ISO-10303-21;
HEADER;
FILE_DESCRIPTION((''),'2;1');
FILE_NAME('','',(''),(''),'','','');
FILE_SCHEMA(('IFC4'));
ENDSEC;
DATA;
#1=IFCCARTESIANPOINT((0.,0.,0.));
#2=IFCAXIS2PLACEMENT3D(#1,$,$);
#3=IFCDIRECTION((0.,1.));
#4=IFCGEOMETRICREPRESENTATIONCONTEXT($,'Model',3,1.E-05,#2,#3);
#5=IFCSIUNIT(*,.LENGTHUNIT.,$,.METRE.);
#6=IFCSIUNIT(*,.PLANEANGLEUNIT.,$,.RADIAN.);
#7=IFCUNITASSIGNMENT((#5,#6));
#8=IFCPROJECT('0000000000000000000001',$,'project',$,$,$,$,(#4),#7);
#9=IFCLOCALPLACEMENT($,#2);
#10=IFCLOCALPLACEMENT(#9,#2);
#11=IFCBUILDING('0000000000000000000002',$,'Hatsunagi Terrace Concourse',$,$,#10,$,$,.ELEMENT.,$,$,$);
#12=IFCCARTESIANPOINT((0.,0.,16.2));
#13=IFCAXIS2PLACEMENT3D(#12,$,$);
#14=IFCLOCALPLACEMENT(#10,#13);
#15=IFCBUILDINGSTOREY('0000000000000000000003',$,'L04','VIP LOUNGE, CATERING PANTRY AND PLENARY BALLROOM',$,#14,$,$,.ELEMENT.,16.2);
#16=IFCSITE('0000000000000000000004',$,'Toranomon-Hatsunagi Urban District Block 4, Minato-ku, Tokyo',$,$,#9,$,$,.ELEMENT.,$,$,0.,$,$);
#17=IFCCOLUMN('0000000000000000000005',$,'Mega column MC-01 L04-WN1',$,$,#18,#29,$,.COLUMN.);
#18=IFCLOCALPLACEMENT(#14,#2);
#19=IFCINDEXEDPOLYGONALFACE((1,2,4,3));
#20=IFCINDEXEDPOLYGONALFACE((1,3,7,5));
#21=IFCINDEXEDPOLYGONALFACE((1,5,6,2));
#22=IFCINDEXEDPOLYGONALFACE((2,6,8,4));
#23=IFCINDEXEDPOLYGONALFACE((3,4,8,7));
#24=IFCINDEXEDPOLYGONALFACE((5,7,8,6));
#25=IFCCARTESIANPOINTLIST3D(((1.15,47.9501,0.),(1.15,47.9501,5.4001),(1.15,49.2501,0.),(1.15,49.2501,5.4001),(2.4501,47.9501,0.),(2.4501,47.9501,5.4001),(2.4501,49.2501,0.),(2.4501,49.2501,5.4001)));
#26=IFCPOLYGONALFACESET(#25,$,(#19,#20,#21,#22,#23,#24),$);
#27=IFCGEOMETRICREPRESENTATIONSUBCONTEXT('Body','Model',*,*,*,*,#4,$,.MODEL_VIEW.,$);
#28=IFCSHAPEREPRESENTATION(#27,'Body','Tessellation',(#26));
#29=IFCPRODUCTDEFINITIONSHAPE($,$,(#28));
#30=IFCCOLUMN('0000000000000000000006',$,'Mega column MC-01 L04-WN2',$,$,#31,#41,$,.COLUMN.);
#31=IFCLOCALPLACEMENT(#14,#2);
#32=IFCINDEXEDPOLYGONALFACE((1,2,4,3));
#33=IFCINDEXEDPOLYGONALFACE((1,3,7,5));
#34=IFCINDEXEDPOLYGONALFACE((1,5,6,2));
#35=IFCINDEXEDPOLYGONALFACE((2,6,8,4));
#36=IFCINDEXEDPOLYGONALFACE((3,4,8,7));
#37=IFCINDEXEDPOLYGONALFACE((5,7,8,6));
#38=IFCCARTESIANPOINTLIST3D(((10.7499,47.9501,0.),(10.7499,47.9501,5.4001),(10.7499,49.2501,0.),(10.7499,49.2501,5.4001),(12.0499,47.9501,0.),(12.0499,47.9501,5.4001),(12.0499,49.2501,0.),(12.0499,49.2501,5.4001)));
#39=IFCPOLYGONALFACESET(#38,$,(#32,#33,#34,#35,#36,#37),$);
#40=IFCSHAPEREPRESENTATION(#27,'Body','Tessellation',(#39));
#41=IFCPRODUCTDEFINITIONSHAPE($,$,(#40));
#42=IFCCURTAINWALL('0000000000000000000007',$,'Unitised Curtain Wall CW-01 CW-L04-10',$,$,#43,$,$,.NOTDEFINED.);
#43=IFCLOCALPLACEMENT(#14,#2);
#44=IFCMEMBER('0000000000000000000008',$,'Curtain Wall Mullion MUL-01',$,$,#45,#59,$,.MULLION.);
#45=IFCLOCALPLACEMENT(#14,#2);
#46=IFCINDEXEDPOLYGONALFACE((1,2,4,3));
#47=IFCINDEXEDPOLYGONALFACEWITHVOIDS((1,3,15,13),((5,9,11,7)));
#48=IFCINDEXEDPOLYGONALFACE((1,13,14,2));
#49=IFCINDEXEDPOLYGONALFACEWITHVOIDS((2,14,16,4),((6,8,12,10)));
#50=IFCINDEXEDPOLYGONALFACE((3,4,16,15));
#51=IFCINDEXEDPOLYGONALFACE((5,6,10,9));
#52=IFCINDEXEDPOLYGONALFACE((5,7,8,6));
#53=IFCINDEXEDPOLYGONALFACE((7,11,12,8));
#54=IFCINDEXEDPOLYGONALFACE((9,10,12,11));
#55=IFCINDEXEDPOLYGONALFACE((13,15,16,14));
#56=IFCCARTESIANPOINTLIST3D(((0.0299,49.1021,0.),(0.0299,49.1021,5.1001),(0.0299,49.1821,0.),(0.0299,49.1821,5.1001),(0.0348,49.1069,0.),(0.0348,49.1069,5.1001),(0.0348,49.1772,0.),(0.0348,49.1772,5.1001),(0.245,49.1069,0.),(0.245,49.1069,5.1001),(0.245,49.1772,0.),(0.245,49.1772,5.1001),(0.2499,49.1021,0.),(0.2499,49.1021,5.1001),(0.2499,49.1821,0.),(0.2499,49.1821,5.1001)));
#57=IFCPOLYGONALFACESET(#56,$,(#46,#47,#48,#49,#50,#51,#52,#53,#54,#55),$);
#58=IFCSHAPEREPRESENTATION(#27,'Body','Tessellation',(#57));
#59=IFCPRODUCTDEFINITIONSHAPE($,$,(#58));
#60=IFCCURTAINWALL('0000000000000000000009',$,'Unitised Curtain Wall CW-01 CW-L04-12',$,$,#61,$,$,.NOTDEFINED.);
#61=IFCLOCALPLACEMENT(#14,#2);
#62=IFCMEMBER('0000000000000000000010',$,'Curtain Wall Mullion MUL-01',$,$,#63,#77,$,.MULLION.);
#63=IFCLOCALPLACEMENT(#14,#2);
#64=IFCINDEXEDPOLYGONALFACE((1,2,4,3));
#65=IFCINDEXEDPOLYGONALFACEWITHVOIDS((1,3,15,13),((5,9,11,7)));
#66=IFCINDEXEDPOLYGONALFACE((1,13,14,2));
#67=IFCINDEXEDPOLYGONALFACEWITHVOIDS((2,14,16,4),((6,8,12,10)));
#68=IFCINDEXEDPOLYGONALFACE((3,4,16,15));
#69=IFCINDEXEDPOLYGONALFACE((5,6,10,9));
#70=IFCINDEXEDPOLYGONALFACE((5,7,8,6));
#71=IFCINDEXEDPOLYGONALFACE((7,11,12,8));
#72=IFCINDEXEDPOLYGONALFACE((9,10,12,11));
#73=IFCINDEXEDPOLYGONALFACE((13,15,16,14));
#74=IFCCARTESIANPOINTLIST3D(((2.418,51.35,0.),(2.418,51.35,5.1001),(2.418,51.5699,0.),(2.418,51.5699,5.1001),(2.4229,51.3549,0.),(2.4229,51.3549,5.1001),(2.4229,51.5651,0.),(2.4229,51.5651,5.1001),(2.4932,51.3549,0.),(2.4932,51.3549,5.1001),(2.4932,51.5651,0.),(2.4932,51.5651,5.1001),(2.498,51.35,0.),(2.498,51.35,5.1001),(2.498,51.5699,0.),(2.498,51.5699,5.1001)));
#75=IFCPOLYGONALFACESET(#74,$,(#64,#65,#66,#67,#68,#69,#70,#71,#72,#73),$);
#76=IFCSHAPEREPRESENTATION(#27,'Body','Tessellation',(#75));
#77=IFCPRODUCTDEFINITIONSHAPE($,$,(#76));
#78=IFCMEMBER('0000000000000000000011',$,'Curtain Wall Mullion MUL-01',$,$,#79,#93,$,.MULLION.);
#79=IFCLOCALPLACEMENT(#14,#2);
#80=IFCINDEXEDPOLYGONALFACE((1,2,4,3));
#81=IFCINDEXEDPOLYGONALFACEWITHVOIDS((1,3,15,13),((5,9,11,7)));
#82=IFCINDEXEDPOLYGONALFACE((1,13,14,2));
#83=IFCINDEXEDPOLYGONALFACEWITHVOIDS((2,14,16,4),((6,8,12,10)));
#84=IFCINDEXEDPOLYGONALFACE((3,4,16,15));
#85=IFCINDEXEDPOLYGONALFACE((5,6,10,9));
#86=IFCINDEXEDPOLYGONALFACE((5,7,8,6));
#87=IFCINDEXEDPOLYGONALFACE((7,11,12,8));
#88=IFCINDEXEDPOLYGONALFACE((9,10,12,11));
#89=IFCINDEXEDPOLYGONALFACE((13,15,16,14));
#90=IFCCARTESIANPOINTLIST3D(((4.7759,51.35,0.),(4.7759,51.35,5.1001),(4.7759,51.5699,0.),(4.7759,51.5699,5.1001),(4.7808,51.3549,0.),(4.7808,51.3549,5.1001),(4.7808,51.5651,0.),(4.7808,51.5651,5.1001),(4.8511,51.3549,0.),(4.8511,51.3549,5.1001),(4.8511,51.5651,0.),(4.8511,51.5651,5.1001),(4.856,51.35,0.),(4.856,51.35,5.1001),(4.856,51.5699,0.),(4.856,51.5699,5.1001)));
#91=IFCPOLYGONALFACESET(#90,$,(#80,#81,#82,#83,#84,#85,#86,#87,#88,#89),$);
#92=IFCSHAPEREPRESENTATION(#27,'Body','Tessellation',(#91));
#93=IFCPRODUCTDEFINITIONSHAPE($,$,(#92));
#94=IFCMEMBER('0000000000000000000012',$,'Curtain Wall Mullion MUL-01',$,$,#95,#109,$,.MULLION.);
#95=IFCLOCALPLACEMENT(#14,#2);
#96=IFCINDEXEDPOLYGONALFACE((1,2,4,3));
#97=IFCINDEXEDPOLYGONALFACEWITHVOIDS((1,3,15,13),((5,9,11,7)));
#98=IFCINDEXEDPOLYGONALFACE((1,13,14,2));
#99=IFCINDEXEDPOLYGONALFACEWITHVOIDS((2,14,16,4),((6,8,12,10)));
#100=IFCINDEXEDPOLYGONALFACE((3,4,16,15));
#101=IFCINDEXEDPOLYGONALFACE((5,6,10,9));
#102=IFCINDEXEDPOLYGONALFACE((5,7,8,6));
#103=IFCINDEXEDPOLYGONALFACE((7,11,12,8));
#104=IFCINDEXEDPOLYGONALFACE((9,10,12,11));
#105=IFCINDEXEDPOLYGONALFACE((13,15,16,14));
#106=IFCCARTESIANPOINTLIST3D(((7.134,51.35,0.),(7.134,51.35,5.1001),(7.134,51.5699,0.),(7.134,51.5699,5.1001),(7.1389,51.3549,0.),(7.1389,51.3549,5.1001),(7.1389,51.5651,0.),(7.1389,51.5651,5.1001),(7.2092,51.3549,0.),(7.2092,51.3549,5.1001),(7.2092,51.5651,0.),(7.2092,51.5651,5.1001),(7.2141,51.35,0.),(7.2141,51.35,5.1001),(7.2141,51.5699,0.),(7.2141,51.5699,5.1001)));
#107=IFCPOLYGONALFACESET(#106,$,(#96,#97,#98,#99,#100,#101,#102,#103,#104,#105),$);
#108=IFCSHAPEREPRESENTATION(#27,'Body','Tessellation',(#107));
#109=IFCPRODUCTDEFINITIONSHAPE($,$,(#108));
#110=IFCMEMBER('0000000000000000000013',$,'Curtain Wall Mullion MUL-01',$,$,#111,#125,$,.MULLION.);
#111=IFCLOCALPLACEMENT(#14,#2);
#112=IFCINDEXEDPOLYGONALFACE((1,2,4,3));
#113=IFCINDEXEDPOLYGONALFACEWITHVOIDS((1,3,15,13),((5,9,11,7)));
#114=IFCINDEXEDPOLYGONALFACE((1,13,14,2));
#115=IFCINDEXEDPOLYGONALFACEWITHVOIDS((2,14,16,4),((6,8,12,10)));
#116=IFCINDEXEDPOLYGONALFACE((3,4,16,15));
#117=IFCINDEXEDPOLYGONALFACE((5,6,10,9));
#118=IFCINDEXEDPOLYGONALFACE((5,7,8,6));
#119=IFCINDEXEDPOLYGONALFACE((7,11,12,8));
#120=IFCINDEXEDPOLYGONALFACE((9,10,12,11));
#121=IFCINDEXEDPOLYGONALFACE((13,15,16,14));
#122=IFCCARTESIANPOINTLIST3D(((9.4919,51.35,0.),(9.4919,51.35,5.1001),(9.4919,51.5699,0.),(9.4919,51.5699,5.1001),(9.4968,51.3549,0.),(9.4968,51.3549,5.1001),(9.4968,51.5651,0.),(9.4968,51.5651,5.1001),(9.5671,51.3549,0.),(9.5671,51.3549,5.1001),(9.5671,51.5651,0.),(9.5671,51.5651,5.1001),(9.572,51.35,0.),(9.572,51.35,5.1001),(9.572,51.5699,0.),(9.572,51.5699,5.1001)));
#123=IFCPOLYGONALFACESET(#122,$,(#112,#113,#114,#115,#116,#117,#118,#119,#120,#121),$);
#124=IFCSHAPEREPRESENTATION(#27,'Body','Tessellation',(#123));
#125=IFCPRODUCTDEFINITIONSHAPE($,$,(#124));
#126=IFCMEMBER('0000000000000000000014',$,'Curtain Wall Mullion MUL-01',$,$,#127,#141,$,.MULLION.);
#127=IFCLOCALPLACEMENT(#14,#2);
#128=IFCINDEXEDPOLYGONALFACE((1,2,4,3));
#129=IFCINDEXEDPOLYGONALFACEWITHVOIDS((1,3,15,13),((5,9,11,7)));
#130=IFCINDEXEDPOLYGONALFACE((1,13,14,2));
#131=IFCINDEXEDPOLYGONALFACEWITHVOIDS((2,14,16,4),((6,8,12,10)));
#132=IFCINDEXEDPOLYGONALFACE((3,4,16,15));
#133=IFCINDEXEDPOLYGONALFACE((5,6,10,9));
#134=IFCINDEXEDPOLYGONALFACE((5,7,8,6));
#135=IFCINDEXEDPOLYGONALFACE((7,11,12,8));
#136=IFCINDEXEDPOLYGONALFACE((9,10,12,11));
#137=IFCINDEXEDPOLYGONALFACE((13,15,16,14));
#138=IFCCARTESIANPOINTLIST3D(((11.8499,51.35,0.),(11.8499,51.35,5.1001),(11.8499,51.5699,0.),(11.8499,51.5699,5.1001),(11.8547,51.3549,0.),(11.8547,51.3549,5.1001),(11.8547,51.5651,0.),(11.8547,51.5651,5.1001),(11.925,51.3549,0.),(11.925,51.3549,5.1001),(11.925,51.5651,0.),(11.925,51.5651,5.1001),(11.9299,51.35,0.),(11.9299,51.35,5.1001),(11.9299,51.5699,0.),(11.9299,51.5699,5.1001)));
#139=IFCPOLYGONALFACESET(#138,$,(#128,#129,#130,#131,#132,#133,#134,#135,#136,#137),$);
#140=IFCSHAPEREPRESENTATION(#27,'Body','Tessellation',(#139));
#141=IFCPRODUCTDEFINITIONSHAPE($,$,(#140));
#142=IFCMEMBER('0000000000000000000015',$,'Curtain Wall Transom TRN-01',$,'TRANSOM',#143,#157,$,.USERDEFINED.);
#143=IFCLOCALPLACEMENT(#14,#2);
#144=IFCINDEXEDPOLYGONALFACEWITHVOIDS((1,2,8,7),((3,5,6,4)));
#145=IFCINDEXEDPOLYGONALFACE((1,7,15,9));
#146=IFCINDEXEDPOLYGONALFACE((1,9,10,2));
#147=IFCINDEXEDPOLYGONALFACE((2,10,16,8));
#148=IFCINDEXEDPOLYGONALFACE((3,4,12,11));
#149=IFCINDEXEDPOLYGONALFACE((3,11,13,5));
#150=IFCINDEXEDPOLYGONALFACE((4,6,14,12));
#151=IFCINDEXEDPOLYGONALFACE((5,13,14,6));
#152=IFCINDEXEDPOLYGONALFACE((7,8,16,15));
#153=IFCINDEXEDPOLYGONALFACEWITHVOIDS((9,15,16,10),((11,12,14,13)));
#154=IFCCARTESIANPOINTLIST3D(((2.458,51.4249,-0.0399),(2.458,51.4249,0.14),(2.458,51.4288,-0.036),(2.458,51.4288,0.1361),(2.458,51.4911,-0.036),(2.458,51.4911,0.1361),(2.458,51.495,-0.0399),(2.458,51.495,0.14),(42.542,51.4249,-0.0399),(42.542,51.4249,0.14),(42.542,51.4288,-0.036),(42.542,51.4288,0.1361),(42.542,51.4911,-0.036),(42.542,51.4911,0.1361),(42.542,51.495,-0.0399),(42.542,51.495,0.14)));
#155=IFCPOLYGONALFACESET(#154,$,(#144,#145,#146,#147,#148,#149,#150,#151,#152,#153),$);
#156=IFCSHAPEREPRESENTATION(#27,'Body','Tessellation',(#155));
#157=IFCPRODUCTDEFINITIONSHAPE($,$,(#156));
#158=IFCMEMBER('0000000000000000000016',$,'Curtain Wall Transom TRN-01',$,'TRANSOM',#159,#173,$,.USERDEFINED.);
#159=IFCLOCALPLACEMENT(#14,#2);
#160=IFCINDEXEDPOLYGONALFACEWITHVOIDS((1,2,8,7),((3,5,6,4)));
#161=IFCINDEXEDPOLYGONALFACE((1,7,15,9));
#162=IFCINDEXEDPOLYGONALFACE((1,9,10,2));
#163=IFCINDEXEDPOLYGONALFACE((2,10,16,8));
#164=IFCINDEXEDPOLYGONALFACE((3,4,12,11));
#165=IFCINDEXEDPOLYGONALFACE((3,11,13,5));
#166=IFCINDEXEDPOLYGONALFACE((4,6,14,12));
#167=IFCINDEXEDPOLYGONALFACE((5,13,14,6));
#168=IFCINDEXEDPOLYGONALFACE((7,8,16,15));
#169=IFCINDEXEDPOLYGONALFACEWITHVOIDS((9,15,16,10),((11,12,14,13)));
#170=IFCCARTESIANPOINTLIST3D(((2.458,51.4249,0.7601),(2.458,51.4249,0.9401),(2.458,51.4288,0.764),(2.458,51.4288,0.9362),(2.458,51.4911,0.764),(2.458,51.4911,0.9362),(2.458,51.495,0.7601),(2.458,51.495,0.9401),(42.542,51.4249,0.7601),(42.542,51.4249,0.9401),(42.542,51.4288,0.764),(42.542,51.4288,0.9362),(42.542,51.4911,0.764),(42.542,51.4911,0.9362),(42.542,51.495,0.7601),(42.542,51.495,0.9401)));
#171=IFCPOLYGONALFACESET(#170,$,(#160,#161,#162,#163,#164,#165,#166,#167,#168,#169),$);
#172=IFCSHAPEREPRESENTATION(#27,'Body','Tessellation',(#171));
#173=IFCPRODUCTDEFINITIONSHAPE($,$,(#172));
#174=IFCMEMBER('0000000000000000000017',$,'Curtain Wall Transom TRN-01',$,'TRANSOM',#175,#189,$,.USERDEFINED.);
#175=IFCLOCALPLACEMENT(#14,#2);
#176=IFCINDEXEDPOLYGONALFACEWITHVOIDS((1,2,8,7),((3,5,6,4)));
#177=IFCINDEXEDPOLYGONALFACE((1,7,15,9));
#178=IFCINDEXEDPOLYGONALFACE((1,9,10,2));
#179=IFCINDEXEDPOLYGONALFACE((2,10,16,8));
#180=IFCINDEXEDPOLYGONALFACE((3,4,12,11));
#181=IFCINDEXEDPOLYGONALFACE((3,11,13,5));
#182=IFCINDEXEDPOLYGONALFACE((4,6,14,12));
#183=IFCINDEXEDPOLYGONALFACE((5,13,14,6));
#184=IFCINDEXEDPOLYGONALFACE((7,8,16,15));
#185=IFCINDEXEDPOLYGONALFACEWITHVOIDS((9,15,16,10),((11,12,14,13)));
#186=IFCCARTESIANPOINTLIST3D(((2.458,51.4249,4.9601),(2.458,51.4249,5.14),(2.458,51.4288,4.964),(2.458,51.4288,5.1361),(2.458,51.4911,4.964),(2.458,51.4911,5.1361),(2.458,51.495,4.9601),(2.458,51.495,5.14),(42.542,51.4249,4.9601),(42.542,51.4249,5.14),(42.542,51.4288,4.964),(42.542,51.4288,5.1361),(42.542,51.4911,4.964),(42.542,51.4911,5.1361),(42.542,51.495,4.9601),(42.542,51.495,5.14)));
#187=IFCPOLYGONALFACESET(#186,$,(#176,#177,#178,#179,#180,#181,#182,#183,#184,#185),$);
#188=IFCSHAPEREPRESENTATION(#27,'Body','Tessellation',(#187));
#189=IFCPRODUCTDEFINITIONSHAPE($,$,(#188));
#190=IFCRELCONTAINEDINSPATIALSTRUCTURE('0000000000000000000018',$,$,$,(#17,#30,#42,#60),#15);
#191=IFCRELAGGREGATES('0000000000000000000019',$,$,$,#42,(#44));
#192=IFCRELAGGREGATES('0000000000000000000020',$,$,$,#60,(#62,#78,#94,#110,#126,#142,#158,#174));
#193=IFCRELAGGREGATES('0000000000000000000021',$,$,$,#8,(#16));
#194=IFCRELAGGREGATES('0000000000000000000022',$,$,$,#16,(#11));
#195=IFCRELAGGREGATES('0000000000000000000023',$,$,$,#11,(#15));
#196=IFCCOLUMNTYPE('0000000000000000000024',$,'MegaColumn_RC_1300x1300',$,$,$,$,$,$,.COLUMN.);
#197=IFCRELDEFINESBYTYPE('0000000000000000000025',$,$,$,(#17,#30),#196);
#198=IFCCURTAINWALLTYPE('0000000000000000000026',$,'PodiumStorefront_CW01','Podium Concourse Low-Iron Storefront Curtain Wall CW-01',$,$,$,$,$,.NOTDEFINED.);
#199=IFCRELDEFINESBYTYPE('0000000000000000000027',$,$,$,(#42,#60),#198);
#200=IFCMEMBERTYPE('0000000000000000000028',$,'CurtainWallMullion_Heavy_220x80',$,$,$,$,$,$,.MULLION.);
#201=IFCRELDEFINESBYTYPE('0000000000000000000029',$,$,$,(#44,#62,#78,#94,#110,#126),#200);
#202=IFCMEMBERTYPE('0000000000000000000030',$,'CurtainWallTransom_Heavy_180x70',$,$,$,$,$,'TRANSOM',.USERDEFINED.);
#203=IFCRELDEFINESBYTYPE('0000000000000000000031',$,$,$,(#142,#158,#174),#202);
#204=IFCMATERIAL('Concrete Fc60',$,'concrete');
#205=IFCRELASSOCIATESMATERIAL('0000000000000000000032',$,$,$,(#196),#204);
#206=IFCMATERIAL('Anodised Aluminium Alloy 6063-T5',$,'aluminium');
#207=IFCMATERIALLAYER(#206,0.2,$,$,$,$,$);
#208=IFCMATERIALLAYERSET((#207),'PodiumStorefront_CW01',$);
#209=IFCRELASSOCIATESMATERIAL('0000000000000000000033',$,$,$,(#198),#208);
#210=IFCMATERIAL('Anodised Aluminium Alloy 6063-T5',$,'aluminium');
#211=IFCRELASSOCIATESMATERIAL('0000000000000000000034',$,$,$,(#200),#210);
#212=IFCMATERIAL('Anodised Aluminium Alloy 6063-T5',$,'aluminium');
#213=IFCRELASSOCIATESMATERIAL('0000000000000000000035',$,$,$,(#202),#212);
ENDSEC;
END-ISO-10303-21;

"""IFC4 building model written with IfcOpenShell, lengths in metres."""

from ifc_helpers import new_model, si_unit, direction, frame, origin, origin_2d, place, context, subcontext, project, spatial, rectangle, hollow_rectangle, extrude, material, layer, layer_set, material_profile, profile_set, type_object, element, aggregate, save


model = new_model("IFC4")

# Units and contexts
model_context = context("Model", 3, precision=1e-05, world=origin(), true_north=direction((0.0, 1.0)))
body_context = subcontext(model_context, "Body", "Model", "MODEL_VIEW")
ifc_project = project(units=[si_unit("LENGTHUNIT", "METRE"), si_unit("PLANEANGLEUNIT", "RADIAN")], contexts=[model_context])

# Site, building, storey
site_placement = place(None, origin())
site = spatial("IfcSite", under=ifc_project, at=site_placement, Name="Toranomon-Hatsunagi Urban District Block 4, Minato-ku, Tokyo", CompositionType="ELEMENT", RefElevation=0.0)
building_placement = place(site_placement, origin())
building = spatial("IfcBuilding", under=site, at=building_placement, Name="Hatsunagi Terrace Concourse", CompositionType="ELEMENT")
storey_placement = place(building_placement, frame((0.0, 0.0, 16.2)))
storey = spatial("IfcBuildingStorey", under=building, at=storey_placement, Name="L04", Description="VIP LOUNGE, CATERING PANTRY AND PLENARY BALLROOM", CompositionType="ELEMENT", Elevation=16.2)

# Columns
ifc_material_1 = material(Name="Concrete Fc60", Category="concrete")
ifc_material_profile_1 = material_profile(ifc_material_1, rectangle(XDim=1.3, YDim=1.3, at=origin_2d()), Name="RC-1300x1300")
ifc_profile_set_1 = profile_set([ifc_material_profile_1], Name="Concrete Fc60")
column_type = type_object("IfcColumnType", Name="MegaColumn_RC_1300x1300", PredefinedType="COLUMN", material=ifc_profile_set_1)
for number, where, z_axis, x_axis, name in (
    (1, (1.8, 48.6001, 0.0), (0.0, 0.0, 1.0), (1.0, 0.0, 0.0), "Mega column MC-01 L04-WN1"),
    (2, (11.3999, 48.6001, 0.0), (0.0, 0.0, 1.0), (1.0, 0.0, 0.0), "Mega column MC-01 L04-WN2"),
):
    element("IfcColumn", number, at=place(storey_placement, frame(where, z_axis=z_axis, x_axis=x_axis)), inside=storey, type_object=column_type, Name=name, PredefinedType="COLUMN", context=body_context, shape_type="SweptSolid", body=[
        extrude(rectangle(XDim=1.3, YDim=1.3, at=origin_2d()), origin(), (0.0, 0.0, 1.0), 5.4001),
    ])

# Curtain wall, member
ifc_material_2 = material(Name="Anodised Aluminium Alloy 6063-T5", Category="aluminium")
ifc_layer_1 = layer(ifc_material_2, 0.2)
ifc_layer_set_1 = layer_set([ifc_layer_1], Name="PodiumStorefront_CW01")
curtain_wall_type = type_object("IfcCurtainWallType", Name="PodiumStorefront_CW01", Description="Podium Concourse Low-Iron Storefront Curtain Wall CW-01", PredefinedType="NOTDEFINED", material=ifc_layer_set_1)
curtain_wall_1_placement = place(storey_placement, origin())
curtain_wall_1 = element("IfcCurtainWall", 3, at=curtain_wall_1_placement, inside=storey, type_object=curtain_wall_type, Name="Unitised Curtain Wall CW-01 CW-L04-10", PredefinedType="NOTDEFINED")
ifc_material_3 = material(Name="Anodised Aluminium Alloy 6063-T5", Category="aluminium")
ifc_material_profile_2 = material_profile(ifc_material_3, hollow_rectangle(XDim=0.0801, YDim=0.22, WallThickness=0.0049, at=origin_2d()), Name="ALU-MUL-220x80x5")
ifc_profile_set_2 = profile_set([ifc_material_profile_2], Name="Anodised Aluminium Alloy 6063-T5")
member_type_1 = type_object("IfcMemberType", Name="CurtainWallMullion_Heavy_220x80", PredefinedType="MULLION", material=ifc_profile_set_2)
member_1_placement = place(storey_placement, frame((0.1399, 49.1421, 0.0), z_axis=(0.0, 0.0, 1.0), x_axis=(0.0, 1.0, 0.0)))
member_1 = element("IfcMember", 4, at=member_1_placement, type_object=member_type_1, Name="Curtain Wall Mullion MUL-01", PredefinedType="MULLION", context=body_context, shape_type="SweptSolid", body=[
    extrude(hollow_rectangle(XDim=0.0801, YDim=0.22, WallThickness=0.0049, at=origin_2d()), origin(), (0.0, 0.0, 1.0), 5.1001),
])

# Curtain wall, members
curtain_wall_2_placement = place(storey_placement, origin())
curtain_wall_2 = element("IfcCurtainWall", 5, at=curtain_wall_2_placement, inside=storey, type_object=curtain_wall_type, Name="Unitised Curtain Wall CW-01 CW-L04-12", PredefinedType="NOTDEFINED")
member_2_placement = place(storey_placement, frame((2.458, 51.46, 0.0), z_axis=(0.0, 0.0, 1.0), x_axis=(1.0, 0.0, 0.0)))
member_2 = element("IfcMember", 6, at=member_2_placement, type_object=member_type_1, Name="Curtain Wall Mullion MUL-01", PredefinedType="MULLION", context=body_context, shape_type="SweptSolid", body=[
    extrude(hollow_rectangle(XDim=0.0801, YDim=0.22, WallThickness=0.0049, at=origin_2d()), origin(), (0.0, 0.0, 1.0), 5.1001),
])
member_3_placement = place(storey_placement, frame((4.8159, 51.46, 0.0), z_axis=(0.0, 0.0, 1.0), x_axis=(1.0, 0.0, 0.0)))
member_3 = element("IfcMember", 7, at=member_3_placement, type_object=member_type_1, Name="Curtain Wall Mullion MUL-01", PredefinedType="MULLION", context=body_context, shape_type="SweptSolid", body=[
    extrude(hollow_rectangle(XDim=0.0801, YDim=0.22, WallThickness=0.0049, at=origin_2d()), origin(), (0.0, 0.0, 1.0), 5.1001),
])
member_4_placement = place(storey_placement, frame((7.1741, 51.46, 0.0), z_axis=(0.0, 0.0, 1.0), x_axis=(1.0, 0.0, 0.0)))
member_4 = element("IfcMember", 8, at=member_4_placement, type_object=member_type_1, Name="Curtain Wall Mullion MUL-01", PredefinedType="MULLION", context=body_context, shape_type="SweptSolid", body=[
    extrude(hollow_rectangle(XDim=0.0801, YDim=0.22, WallThickness=0.0049, at=origin_2d()), origin(), (0.0, 0.0, 1.0), 5.1001),
])
member_5_placement = place(storey_placement, frame((9.532, 51.46, 0.0), z_axis=(0.0, 0.0, 1.0), x_axis=(1.0, 0.0, 0.0)))
member_5 = element("IfcMember", 9, at=member_5_placement, type_object=member_type_1, Name="Curtain Wall Mullion MUL-01", PredefinedType="MULLION", context=body_context, shape_type="SweptSolid", body=[
    extrude(hollow_rectangle(XDim=0.0801, YDim=0.22, WallThickness=0.0049, at=origin_2d()), origin(), (0.0, 0.0, 1.0), 5.1001),
])
member_6_placement = place(storey_placement, frame((11.8899, 51.46, 0.0), z_axis=(0.0, 0.0, 1.0), x_axis=(1.0, 0.0, 0.0)))
member_6 = element("IfcMember", 10, at=member_6_placement, type_object=member_type_1, Name="Curtain Wall Mullion MUL-01", PredefinedType="MULLION", context=body_context, shape_type="SweptSolid", body=[
    extrude(hollow_rectangle(XDim=0.0801, YDim=0.22, WallThickness=0.0049, at=origin_2d()), origin(), (0.0, 0.0, 1.0), 5.1001),
])
ifc_material_4 = material(Name="Anodised Aluminium Alloy 6063-T5", Category="aluminium")
ifc_material_profile_3 = material_profile(ifc_material_4, hollow_rectangle(XDim=0.0701, YDim=0.1799, WallThickness=0.0039, at=origin_2d()), Name="ALU-TRN-180x70x4")
ifc_profile_set_3 = profile_set([ifc_material_profile_3], Name="Anodised Aluminium Alloy 6063-T5")
member_type_2 = type_object("IfcMemberType", Name="CurtainWallTransom_Heavy_180x70", ElementType="TRANSOM", PredefinedType="USERDEFINED", material=ifc_profile_set_3)
member_7_placement = place(storey_placement, frame((2.458, 51.46, 0.05), z_axis=(1.0, 0.0, 0.0), x_axis=(0.0, 1.0, 0.0)))
member_7 = element("IfcMember", 11, at=member_7_placement, type_object=member_type_2, Name="Curtain Wall Transom TRN-01", ObjectType="TRANSOM", PredefinedType="USERDEFINED", context=body_context, shape_type="SweptSolid", body=[
    extrude(hollow_rectangle(XDim=0.0701, YDim=0.1799, WallThickness=0.0039, at=origin_2d()), origin(), (0.0, 0.0, 1.0), 40.084),
])
member_8_placement = place(storey_placement, frame((2.458, 51.46, 0.8501), z_axis=(1.0, 0.0, 0.0), x_axis=(0.0, 1.0, 0.0)))
member_8 = element("IfcMember", 12, at=member_8_placement, type_object=member_type_2, Name="Curtain Wall Transom TRN-01", ObjectType="TRANSOM", PredefinedType="USERDEFINED", context=body_context, shape_type="SweptSolid", body=[
    extrude(hollow_rectangle(XDim=0.0701, YDim=0.1799, WallThickness=0.0039, at=origin_2d()), origin(), (0.0, 0.0, 1.0), 40.084),
])
member_9_placement = place(storey_placement, frame((2.458, 51.46, 5.05), z_axis=(1.0, 0.0, 0.0), x_axis=(0.0, 1.0, 0.0)))
member_9 = element("IfcMember", 13, at=member_9_placement, type_object=member_type_2, Name="Curtain Wall Transom TRN-01", ObjectType="TRANSOM", PredefinedType="USERDEFINED", context=body_context, shape_type="SweptSolid", body=[
    extrude(hollow_rectangle(XDim=0.0701, YDim=0.1799, WallThickness=0.0039, at=origin_2d()), origin(), (0.0, 0.0, 1.0), 40.084),
])

aggregate(curtain_wall_1, [member_1])
aggregate(curtain_wall_2, [member_2, member_3, member_4, member_5, member_6, member_7, member_8, member_9])

save(model, "model.ifc")
